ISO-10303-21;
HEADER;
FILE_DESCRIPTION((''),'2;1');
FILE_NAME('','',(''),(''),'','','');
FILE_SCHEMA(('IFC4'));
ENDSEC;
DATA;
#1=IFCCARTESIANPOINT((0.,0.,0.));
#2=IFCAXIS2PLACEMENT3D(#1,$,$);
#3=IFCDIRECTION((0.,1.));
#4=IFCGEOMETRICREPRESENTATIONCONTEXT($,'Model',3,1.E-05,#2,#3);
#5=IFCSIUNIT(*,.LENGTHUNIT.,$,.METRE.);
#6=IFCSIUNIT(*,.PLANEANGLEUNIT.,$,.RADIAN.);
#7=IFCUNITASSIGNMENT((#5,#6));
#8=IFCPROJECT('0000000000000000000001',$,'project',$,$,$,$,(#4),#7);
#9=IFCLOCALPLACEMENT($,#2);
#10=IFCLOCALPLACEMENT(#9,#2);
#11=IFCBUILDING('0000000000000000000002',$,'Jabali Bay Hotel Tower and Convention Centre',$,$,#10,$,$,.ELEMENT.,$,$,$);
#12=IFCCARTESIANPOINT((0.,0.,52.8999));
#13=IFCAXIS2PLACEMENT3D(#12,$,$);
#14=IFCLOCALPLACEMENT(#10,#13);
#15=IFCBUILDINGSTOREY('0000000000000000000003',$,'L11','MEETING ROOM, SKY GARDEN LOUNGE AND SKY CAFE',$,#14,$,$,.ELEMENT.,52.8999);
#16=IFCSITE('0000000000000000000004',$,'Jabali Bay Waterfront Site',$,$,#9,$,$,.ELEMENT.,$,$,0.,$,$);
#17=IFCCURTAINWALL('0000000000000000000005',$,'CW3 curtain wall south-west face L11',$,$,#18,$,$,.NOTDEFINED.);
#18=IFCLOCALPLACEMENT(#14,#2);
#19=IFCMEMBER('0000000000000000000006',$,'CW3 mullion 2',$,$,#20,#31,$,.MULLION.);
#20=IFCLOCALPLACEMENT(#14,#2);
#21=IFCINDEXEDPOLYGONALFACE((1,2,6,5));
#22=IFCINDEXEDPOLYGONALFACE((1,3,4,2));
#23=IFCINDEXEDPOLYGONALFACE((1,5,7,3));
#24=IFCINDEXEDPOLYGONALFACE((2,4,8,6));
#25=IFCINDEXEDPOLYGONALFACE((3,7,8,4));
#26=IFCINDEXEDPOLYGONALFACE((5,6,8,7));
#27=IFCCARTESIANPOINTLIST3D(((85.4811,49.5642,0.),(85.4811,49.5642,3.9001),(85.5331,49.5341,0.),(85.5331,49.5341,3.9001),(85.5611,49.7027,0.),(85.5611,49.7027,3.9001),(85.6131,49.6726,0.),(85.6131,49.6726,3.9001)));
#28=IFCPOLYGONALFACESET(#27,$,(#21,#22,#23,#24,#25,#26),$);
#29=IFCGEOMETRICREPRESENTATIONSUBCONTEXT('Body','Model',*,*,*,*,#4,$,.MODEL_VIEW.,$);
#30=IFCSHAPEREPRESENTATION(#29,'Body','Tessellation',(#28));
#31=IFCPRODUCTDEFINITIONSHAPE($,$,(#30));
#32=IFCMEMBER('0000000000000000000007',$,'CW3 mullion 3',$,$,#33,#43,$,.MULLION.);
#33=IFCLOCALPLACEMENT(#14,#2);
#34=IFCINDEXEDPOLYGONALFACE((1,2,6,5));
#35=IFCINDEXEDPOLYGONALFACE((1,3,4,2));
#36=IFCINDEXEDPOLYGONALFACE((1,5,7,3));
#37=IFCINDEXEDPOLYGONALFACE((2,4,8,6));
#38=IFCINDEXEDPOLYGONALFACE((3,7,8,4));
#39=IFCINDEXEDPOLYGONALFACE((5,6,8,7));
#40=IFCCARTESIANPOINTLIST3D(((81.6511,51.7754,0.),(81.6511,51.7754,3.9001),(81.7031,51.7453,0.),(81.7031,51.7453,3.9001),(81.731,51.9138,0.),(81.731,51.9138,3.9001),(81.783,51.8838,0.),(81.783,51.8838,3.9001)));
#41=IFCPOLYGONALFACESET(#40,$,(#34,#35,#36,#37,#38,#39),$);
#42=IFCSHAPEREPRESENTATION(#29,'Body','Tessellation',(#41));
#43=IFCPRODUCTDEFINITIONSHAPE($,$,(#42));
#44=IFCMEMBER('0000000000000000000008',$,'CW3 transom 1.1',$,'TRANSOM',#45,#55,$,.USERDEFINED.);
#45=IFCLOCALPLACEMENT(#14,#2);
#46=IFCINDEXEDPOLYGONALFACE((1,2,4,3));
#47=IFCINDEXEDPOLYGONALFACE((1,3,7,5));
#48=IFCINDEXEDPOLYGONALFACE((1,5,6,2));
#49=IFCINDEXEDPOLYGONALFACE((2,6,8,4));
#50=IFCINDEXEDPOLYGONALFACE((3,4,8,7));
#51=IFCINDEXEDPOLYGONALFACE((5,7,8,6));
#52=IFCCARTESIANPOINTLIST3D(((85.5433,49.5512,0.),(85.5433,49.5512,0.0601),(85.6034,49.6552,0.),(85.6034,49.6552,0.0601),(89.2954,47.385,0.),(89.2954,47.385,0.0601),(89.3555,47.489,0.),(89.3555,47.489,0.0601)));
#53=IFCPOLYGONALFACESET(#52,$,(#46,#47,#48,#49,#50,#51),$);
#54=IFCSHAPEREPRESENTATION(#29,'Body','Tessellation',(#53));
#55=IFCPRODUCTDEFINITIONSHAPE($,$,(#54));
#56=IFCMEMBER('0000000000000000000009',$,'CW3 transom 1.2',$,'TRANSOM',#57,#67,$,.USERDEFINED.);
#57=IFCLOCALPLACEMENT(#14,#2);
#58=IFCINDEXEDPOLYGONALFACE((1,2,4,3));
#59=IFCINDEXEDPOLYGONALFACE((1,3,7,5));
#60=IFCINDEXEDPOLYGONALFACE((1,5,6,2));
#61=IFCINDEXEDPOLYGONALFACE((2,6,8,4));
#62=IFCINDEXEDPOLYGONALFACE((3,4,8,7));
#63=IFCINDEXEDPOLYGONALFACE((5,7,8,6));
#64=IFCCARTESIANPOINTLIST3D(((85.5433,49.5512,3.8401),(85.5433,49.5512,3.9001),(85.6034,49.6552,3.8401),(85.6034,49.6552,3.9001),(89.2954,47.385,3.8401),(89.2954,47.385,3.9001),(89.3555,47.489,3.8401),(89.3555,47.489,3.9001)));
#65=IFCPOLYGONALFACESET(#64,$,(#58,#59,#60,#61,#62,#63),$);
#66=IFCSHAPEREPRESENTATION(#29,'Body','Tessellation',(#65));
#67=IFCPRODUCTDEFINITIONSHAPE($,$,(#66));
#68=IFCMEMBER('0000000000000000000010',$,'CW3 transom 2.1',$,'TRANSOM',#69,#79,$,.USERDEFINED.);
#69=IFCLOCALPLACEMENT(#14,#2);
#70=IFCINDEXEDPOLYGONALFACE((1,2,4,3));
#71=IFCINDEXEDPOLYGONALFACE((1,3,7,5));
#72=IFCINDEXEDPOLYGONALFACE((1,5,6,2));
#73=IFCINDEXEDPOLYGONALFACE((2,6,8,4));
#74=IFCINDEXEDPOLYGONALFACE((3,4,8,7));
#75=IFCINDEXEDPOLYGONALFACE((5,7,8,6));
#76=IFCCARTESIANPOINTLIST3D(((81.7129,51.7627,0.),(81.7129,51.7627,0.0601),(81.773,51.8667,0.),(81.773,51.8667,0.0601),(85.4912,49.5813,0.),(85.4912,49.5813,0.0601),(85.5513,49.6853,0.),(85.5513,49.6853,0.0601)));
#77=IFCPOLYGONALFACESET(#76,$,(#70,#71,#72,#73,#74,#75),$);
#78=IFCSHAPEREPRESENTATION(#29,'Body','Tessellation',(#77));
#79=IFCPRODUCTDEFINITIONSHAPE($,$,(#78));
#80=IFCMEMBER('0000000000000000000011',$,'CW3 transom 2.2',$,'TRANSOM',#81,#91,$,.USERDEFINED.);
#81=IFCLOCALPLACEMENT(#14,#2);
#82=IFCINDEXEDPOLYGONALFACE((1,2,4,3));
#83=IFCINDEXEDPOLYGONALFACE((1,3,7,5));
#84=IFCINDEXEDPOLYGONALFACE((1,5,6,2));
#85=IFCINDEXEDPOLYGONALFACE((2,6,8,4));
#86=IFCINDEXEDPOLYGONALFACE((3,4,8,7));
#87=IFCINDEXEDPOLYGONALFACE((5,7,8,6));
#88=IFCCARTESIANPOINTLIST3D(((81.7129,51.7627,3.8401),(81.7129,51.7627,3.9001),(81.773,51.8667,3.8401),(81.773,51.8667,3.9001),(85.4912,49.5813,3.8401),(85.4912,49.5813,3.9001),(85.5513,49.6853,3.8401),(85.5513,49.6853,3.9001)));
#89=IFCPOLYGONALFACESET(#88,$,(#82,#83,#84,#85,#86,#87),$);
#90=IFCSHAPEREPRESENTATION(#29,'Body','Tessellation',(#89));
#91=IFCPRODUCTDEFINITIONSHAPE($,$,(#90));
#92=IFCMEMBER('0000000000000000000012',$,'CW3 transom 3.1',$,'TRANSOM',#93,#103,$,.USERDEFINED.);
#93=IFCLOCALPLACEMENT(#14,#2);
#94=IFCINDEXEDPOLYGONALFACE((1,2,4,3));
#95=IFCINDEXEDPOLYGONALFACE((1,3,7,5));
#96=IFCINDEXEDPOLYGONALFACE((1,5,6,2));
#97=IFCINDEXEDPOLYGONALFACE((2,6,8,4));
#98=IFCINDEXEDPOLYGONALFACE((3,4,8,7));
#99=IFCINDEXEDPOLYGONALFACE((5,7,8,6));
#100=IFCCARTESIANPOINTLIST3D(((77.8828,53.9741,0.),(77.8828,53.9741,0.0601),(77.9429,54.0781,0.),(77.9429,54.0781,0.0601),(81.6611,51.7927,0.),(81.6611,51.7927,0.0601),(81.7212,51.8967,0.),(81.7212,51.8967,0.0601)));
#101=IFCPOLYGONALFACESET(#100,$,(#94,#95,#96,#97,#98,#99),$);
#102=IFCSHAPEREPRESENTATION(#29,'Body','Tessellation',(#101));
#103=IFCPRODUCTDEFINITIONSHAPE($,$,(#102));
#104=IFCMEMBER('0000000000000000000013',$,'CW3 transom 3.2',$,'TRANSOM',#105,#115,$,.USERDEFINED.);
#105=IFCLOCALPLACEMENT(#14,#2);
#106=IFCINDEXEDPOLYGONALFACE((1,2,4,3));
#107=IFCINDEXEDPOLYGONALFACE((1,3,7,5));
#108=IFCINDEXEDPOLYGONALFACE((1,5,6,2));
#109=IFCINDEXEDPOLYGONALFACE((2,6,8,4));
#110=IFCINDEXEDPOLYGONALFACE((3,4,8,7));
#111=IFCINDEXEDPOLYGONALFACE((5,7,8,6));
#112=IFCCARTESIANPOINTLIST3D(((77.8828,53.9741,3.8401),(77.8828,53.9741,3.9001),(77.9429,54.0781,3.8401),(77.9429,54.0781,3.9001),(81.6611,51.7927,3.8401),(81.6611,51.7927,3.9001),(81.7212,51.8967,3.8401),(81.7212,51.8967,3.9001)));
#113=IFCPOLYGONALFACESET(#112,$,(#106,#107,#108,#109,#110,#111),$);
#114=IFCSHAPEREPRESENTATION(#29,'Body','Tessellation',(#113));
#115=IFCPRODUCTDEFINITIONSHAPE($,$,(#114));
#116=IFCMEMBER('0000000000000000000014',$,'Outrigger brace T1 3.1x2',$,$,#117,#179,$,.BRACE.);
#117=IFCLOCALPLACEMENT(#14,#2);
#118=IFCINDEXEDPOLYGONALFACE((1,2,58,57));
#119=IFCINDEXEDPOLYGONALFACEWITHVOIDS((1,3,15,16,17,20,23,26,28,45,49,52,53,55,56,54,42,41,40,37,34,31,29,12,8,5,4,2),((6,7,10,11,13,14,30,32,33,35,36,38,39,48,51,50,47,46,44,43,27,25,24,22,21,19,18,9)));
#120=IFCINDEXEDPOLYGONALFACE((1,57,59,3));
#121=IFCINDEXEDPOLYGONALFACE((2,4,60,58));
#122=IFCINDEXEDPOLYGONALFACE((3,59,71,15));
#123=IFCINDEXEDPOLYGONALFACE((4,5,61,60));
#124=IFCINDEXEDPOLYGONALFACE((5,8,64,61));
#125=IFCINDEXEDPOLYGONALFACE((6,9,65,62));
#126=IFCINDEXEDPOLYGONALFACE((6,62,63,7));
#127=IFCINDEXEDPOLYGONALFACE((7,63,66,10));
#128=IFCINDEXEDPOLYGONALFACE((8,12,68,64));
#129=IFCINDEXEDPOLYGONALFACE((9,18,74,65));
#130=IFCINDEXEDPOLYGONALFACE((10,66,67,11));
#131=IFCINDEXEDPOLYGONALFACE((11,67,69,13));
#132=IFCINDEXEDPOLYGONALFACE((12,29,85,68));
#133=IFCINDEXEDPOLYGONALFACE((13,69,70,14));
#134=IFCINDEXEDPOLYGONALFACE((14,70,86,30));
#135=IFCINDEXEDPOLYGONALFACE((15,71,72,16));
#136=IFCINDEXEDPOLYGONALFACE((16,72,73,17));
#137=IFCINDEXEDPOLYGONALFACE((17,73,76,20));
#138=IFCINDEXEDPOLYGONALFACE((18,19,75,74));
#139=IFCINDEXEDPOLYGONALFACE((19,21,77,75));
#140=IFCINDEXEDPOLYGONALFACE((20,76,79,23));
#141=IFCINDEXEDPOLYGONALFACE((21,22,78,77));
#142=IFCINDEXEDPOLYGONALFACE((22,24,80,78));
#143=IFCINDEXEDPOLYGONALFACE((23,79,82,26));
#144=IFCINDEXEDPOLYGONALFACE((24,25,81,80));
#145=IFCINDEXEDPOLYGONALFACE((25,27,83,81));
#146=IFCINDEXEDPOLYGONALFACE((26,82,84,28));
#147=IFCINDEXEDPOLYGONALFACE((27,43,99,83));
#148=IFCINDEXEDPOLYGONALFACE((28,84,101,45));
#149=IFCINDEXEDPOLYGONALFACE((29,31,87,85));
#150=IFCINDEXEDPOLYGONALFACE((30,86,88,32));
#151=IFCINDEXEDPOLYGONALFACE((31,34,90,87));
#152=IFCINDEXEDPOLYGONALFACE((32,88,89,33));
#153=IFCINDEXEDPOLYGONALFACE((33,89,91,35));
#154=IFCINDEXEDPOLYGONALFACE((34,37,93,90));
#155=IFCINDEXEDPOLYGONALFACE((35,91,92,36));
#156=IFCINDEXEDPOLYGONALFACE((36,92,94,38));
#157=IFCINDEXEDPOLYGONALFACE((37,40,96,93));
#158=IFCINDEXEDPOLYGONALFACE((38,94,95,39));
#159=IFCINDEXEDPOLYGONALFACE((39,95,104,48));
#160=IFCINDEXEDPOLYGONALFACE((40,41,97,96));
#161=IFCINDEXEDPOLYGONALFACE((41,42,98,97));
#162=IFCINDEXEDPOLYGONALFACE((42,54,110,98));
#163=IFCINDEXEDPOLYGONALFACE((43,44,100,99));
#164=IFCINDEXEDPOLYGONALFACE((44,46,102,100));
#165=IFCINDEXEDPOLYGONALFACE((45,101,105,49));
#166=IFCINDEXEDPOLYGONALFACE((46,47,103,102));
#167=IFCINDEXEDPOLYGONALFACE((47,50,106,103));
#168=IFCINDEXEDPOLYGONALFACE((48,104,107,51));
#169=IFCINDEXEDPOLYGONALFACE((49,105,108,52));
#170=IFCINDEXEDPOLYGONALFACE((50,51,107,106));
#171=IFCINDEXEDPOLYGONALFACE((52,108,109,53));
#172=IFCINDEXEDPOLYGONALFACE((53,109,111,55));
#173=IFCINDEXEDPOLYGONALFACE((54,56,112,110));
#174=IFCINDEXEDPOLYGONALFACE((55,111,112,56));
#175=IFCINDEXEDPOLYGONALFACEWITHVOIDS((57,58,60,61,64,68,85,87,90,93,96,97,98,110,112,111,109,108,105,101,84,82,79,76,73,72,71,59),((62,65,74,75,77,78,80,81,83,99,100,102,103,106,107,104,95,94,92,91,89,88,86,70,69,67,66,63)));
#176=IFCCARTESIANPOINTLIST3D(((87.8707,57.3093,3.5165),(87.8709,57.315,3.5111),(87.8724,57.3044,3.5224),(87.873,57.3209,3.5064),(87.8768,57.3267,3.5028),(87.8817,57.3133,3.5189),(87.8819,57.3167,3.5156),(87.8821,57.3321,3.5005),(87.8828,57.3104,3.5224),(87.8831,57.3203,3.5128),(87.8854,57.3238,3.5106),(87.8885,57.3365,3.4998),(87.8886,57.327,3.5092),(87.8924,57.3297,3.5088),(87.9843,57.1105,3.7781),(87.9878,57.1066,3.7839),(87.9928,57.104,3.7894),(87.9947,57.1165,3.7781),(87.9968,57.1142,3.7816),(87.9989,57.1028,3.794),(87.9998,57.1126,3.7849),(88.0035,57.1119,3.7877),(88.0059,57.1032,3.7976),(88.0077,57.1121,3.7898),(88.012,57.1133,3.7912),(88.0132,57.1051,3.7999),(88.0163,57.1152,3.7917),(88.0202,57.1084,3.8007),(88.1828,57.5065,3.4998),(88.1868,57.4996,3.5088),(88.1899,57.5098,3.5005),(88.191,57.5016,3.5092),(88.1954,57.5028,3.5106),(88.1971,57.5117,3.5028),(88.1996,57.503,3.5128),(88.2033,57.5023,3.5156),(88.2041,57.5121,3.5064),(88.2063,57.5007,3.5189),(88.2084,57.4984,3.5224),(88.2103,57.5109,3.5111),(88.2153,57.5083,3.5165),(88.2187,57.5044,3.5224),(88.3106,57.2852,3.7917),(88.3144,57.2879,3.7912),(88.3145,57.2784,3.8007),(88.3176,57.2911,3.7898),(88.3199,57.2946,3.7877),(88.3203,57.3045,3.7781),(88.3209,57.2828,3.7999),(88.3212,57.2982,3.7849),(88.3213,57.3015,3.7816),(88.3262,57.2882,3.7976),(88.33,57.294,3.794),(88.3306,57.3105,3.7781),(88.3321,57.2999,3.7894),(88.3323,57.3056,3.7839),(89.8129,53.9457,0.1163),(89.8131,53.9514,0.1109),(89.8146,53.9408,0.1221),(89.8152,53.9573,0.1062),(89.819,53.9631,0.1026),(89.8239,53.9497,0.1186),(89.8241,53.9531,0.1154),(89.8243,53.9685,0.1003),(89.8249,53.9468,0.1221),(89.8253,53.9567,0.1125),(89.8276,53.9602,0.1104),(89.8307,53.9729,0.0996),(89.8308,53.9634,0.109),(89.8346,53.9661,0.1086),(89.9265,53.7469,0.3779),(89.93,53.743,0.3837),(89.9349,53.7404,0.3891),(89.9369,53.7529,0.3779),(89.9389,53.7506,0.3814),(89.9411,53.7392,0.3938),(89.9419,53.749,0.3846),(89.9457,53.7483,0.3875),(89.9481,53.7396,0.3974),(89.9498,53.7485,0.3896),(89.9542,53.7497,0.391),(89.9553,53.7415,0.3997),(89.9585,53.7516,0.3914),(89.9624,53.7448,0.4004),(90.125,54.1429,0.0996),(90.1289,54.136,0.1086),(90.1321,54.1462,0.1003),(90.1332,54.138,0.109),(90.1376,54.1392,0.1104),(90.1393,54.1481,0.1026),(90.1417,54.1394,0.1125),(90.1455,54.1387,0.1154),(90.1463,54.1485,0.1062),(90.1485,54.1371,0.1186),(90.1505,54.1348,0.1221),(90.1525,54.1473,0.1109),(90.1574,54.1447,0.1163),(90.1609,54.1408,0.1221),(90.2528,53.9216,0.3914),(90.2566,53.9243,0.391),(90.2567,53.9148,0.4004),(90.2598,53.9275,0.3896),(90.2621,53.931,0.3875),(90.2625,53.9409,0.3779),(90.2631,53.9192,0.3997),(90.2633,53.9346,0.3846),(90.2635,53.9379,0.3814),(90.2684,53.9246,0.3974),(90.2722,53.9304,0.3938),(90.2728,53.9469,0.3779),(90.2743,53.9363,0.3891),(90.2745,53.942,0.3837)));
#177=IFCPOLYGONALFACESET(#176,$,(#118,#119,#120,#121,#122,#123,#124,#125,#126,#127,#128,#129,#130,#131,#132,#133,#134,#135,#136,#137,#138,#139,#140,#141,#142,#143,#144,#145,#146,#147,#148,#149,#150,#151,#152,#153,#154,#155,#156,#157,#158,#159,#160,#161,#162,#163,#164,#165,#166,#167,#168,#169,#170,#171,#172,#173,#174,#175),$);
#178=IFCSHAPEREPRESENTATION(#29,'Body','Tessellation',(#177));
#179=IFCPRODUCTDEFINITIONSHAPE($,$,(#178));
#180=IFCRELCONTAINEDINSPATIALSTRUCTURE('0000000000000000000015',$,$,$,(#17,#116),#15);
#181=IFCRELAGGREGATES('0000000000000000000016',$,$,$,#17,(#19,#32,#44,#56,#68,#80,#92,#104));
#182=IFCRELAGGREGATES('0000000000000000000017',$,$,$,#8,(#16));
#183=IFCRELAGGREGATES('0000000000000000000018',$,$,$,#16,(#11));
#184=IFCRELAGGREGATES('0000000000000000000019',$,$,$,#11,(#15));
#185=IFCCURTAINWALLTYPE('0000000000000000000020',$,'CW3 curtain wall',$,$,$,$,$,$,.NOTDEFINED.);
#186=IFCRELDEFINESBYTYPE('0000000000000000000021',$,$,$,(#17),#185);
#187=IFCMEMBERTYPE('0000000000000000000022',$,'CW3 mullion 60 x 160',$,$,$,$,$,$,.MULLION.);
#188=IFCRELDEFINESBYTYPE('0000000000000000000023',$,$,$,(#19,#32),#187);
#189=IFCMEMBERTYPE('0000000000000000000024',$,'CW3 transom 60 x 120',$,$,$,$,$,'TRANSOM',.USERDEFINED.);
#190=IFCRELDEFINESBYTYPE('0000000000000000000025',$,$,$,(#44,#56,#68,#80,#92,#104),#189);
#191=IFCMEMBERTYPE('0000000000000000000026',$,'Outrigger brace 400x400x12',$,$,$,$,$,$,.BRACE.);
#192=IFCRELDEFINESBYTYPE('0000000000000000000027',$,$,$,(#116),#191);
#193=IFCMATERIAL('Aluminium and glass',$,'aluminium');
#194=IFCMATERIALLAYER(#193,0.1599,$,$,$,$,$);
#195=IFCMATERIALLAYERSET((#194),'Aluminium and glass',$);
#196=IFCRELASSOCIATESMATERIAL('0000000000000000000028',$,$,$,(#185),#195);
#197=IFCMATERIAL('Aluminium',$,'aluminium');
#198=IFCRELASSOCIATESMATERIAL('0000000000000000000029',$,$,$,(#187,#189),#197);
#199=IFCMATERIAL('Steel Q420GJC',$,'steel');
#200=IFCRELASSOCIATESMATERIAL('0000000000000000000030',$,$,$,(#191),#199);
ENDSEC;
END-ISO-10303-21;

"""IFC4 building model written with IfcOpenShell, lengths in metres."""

from ifc_helpers import new_model, si_unit, direction, frame, origin, origin_2d, place, context, subcontext, project, spatial, rectangle, hollow_rectangle, extrude, material, layer, layer_set, material_profile, profile_set, type_object, element, aggregate, save


model = new_model("IFC4")

# Units and contexts
model_context = context("Model", 3, precision=1e-05, world=origin(), true_north=direction((0.0, 1.0)))
body_context = subcontext(model_context, "Body", "Model", "MODEL_VIEW")
ifc_project = project(units=[si_unit("LENGTHUNIT", "METRE"), si_unit("PLANEANGLEUNIT", "RADIAN")], contexts=[model_context])

# Site, building, storey
site_placement = place(None, origin())
site = spatial("IfcSite", under=ifc_project, at=site_placement, Name="Jabali Bay Waterfront Site", CompositionType="ELEMENT", RefElevation=0.0)
building_placement = place(site_placement, origin())
building = spatial("IfcBuilding", under=site, at=building_placement, Name="Jabali Bay Hotel Tower and Convention Centre", CompositionType="ELEMENT")
storey_placement = place(building_placement, frame((0.0, 0.0, 52.8999)))
storey = spatial("IfcBuildingStorey", under=building, at=storey_placement, Name="L11", Description="MEETING ROOM, SKY GARDEN LOUNGE AND SKY CAFE", CompositionType="ELEMENT", Elevation=52.8999)

# Shared definitions
ifc_material_1 = material(Name="Steel Q420GJC", Category="steel")

# Curtain wall, members
ifc_material_2 = material(Name="Aluminium and glass", Category="aluminium")
ifc_layer_1 = layer(ifc_material_2, 0.1599)
ifc_layer_set_1 = layer_set([ifc_layer_1], Name="Aluminium and glass")
curtain_wall_type = type_object("IfcCurtainWallType", Name="CW3 curtain wall", PredefinedType="NOTDEFINED", material=ifc_layer_set_1)
curtain_wall_placement = place(storey_placement, origin())
curtain_wall = element("IfcCurtainWall", 1, at=curtain_wall_placement, inside=storey, type_object=curtain_wall_type, Name="CW3 curtain wall south-west face L11", PredefinedType="NOTDEFINED")
ifc_material_3 = material(Name="Aluminium", Category="aluminium")
ifc_material_profile_1 = material_profile(ifc_material_3, rectangle(XDim=0.1599, YDim=0.0601, at=origin_2d()), Name="CW3 mullion 60 x 160")
ifc_profile_set_1 = profile_set([ifc_material_profile_1], Name="Aluminium")
member_type_1 = type_object("IfcMemberType", Name="CW3 mullion 60 x 160", PredefinedType="MULLION", material=ifc_profile_set_1)
member_1_placement = place(storey_placement, frame((85.5471, 49.6184, 0.0), z_axis=(0.0, 0.0, 1.0), x_axis=(-0.5, -0.866025, 0.0)))
member_1 = element("IfcMember", 2, at=member_1_placement, type_object=member_type_1, Name="CW3 mullion 2", PredefinedType="MULLION", context=body_context, shape_type="SweptSolid", body=[
    extrude(rectangle(XDim=0.1599, YDim=0.0601, at=origin_2d()), origin(), (0.0, 0.0, 1.0), 3.9001),
])
member_2_placement = place(storey_placement, frame((81.717, 51.8296, 0.0), z_axis=(0.0, 0.0, 1.0), x_axis=(-0.5, -0.866025, 0.0)))
member_2 = element("IfcMember", 3, at=member_2_placement, type_object=member_type_1, Name="CW3 mullion 3", PredefinedType="MULLION", context=body_context, shape_type="SweptSolid", body=[
    extrude(rectangle(XDim=0.1599, YDim=0.0601, at=origin_2d()), origin(), (0.0, 0.0, 1.0), 3.9001),
])
ifc_material_profile_2 = material_profile(ifc_material_3, rectangle(XDim=0.1201, YDim=0.0601, at=origin_2d()), Name="CW3 transom 60 x 120")
ifc_profile_set_2 = profile_set([ifc_material_profile_2], Name="Aluminium")
member_type_2 = type_object("IfcMemberType", Name="CW3 transom 60 x 120", ElementType="TRANSOM", PredefinedType="USERDEFINED", material=ifc_profile_set_2)
member_3_placement = place(storey_placement, frame((89.3254, 47.437, 0.03), z_axis=(-0.866033, 0.499987, 0.0), x_axis=(-0.499987, -0.866033, 0.0)))
member_3 = element("IfcMember", 4, at=member_3_placement, type_object=member_type_2, Name="CW3 transom 1.1", ObjectType="TRANSOM", PredefinedType="USERDEFINED", context=body_context, shape_type="SweptSolid", body=[
    extrude(rectangle(XDim=0.1201, YDim=0.0601, at=origin_2d()), origin(), (0.0, 0.0, 1.0), 4.3325),
])
member_4_placement = place(storey_placement, frame((89.3254, 47.437, 3.8701), z_axis=(-0.866033, 0.499987, 0.0), x_axis=(-0.499987, -0.866033, 0.0)))
member_4 = element("IfcMember", 5, at=member_4_placement, type_object=member_type_2, Name="CW3 transom 1.2", ObjectType="TRANSOM", PredefinedType="USERDEFINED", context=body_context, shape_type="SweptSolid", body=[
    extrude(rectangle(XDim=0.1201, YDim=0.0601, at=origin_2d()), origin(), (0.0, 0.0, 1.0), 4.3325),
])
member_5_placement = place(storey_placement, frame((85.5212, 49.6333, 0.03), z_axis=(-0.866027, 0.499997, 0.0), x_axis=(-0.499997, -0.866027, 0.0)))
member_5 = element("IfcMember", 6, at=member_5_placement, type_object=member_type_2, Name="CW3 transom 2.1", ObjectType="TRANSOM", PredefinedType="USERDEFINED", context=body_context, shape_type="SweptSolid", body=[
    extrude(rectangle(XDim=0.1201, YDim=0.0601, at=origin_2d()), origin(), (0.0, 0.0, 1.0), 4.3628),
])
member_6_placement = place(storey_placement, frame((85.5212, 49.6333, 3.8701), z_axis=(-0.866027, 0.499997, 0.0), x_axis=(-0.499997, -0.866027, 0.0)))
member_6 = element("IfcMember", 7, at=member_6_placement, type_object=member_type_2, Name="CW3 transom 2.2", ObjectType="TRANSOM", PredefinedType="USERDEFINED", context=body_context, shape_type="SweptSolid", body=[
    extrude(rectangle(XDim=0.1201, YDim=0.0601, at=origin_2d()), origin(), (0.0, 0.0, 1.0), 4.3628),
])
member_7_placement = place(storey_placement, frame((81.6912, 51.8447, 0.03), z_axis=(-0.866027, 0.499997, 0.0), x_axis=(-0.499997, -0.866027, 0.0)))
member_7 = element("IfcMember", 8, at=member_7_placement, type_object=member_type_2, Name="CW3 transom 3.1", ObjectType="TRANSOM", PredefinedType="USERDEFINED", context=body_context, shape_type="SweptSolid", body=[
    extrude(rectangle(XDim=0.1201, YDim=0.0601, at=origin_2d()), origin(), (0.0, 0.0, 1.0), 4.3628),
])
member_8_placement = place(storey_placement, frame((81.6912, 51.8447, 3.8701), z_axis=(-0.866027, 0.499997, 0.0), x_axis=(-0.499997, -0.866027, 0.0)))
member_8 = element("IfcMember", 9, at=member_8_placement, type_object=member_type_2, Name="CW3 transom 3.2", ObjectType="TRANSOM", PredefinedType="USERDEFINED", context=body_context, shape_type="SweptSolid", body=[
    extrude(rectangle(XDim=0.1201, YDim=0.0601, at=origin_2d()), origin(), (0.0, 0.0, 1.0), 4.3628),
])

# Member
ifc_material_profile_3 = material_profile(ifc_material_1, hollow_rectangle(XDim=0.3999, YDim=0.3999, WallThickness=0.012, InnerFilletRadius=0.0181, OuterFilletRadius=0.03, at=origin_2d()), Name="Outrigger brace 400x400x12")
ifc_profile_set_3 = profile_set([ifc_material_profile_3], Name="Steel Q420GJC")
member_type_3 = type_object("IfcMemberType", Name="Outrigger brace 400x400x12", PredefinedType="BRACE", material=ifc_profile_set_3)
member_9_placement = place(storey_placement, frame((90.0437, 53.9438, 0.25), z_axis=(-0.376238, 0.651594, 0.658688), x_axis=(-0.866002, -0.50004, 0.0)))
element("IfcMember", 10, at=member_9_placement, inside=storey, type_object=member_type_3, Name="Outrigger brace T1 3.1x2", PredefinedType="BRACE", context=body_context, shape_type="SweptSolid", body=[
    extrude(hollow_rectangle(XDim=0.3999, YDim=0.3999, WallThickness=0.012, InnerFilletRadius=0.0181, OuterFilletRadius=0.03, at=origin_2d()), origin(), (0.0, 0.0, 1.0), 5.1621),
])

aggregate(curtain_wall, [member_1, member_2, member_3, member_4, member_5, member_6, member_7, member_8])

save(model, "model.ifc")
